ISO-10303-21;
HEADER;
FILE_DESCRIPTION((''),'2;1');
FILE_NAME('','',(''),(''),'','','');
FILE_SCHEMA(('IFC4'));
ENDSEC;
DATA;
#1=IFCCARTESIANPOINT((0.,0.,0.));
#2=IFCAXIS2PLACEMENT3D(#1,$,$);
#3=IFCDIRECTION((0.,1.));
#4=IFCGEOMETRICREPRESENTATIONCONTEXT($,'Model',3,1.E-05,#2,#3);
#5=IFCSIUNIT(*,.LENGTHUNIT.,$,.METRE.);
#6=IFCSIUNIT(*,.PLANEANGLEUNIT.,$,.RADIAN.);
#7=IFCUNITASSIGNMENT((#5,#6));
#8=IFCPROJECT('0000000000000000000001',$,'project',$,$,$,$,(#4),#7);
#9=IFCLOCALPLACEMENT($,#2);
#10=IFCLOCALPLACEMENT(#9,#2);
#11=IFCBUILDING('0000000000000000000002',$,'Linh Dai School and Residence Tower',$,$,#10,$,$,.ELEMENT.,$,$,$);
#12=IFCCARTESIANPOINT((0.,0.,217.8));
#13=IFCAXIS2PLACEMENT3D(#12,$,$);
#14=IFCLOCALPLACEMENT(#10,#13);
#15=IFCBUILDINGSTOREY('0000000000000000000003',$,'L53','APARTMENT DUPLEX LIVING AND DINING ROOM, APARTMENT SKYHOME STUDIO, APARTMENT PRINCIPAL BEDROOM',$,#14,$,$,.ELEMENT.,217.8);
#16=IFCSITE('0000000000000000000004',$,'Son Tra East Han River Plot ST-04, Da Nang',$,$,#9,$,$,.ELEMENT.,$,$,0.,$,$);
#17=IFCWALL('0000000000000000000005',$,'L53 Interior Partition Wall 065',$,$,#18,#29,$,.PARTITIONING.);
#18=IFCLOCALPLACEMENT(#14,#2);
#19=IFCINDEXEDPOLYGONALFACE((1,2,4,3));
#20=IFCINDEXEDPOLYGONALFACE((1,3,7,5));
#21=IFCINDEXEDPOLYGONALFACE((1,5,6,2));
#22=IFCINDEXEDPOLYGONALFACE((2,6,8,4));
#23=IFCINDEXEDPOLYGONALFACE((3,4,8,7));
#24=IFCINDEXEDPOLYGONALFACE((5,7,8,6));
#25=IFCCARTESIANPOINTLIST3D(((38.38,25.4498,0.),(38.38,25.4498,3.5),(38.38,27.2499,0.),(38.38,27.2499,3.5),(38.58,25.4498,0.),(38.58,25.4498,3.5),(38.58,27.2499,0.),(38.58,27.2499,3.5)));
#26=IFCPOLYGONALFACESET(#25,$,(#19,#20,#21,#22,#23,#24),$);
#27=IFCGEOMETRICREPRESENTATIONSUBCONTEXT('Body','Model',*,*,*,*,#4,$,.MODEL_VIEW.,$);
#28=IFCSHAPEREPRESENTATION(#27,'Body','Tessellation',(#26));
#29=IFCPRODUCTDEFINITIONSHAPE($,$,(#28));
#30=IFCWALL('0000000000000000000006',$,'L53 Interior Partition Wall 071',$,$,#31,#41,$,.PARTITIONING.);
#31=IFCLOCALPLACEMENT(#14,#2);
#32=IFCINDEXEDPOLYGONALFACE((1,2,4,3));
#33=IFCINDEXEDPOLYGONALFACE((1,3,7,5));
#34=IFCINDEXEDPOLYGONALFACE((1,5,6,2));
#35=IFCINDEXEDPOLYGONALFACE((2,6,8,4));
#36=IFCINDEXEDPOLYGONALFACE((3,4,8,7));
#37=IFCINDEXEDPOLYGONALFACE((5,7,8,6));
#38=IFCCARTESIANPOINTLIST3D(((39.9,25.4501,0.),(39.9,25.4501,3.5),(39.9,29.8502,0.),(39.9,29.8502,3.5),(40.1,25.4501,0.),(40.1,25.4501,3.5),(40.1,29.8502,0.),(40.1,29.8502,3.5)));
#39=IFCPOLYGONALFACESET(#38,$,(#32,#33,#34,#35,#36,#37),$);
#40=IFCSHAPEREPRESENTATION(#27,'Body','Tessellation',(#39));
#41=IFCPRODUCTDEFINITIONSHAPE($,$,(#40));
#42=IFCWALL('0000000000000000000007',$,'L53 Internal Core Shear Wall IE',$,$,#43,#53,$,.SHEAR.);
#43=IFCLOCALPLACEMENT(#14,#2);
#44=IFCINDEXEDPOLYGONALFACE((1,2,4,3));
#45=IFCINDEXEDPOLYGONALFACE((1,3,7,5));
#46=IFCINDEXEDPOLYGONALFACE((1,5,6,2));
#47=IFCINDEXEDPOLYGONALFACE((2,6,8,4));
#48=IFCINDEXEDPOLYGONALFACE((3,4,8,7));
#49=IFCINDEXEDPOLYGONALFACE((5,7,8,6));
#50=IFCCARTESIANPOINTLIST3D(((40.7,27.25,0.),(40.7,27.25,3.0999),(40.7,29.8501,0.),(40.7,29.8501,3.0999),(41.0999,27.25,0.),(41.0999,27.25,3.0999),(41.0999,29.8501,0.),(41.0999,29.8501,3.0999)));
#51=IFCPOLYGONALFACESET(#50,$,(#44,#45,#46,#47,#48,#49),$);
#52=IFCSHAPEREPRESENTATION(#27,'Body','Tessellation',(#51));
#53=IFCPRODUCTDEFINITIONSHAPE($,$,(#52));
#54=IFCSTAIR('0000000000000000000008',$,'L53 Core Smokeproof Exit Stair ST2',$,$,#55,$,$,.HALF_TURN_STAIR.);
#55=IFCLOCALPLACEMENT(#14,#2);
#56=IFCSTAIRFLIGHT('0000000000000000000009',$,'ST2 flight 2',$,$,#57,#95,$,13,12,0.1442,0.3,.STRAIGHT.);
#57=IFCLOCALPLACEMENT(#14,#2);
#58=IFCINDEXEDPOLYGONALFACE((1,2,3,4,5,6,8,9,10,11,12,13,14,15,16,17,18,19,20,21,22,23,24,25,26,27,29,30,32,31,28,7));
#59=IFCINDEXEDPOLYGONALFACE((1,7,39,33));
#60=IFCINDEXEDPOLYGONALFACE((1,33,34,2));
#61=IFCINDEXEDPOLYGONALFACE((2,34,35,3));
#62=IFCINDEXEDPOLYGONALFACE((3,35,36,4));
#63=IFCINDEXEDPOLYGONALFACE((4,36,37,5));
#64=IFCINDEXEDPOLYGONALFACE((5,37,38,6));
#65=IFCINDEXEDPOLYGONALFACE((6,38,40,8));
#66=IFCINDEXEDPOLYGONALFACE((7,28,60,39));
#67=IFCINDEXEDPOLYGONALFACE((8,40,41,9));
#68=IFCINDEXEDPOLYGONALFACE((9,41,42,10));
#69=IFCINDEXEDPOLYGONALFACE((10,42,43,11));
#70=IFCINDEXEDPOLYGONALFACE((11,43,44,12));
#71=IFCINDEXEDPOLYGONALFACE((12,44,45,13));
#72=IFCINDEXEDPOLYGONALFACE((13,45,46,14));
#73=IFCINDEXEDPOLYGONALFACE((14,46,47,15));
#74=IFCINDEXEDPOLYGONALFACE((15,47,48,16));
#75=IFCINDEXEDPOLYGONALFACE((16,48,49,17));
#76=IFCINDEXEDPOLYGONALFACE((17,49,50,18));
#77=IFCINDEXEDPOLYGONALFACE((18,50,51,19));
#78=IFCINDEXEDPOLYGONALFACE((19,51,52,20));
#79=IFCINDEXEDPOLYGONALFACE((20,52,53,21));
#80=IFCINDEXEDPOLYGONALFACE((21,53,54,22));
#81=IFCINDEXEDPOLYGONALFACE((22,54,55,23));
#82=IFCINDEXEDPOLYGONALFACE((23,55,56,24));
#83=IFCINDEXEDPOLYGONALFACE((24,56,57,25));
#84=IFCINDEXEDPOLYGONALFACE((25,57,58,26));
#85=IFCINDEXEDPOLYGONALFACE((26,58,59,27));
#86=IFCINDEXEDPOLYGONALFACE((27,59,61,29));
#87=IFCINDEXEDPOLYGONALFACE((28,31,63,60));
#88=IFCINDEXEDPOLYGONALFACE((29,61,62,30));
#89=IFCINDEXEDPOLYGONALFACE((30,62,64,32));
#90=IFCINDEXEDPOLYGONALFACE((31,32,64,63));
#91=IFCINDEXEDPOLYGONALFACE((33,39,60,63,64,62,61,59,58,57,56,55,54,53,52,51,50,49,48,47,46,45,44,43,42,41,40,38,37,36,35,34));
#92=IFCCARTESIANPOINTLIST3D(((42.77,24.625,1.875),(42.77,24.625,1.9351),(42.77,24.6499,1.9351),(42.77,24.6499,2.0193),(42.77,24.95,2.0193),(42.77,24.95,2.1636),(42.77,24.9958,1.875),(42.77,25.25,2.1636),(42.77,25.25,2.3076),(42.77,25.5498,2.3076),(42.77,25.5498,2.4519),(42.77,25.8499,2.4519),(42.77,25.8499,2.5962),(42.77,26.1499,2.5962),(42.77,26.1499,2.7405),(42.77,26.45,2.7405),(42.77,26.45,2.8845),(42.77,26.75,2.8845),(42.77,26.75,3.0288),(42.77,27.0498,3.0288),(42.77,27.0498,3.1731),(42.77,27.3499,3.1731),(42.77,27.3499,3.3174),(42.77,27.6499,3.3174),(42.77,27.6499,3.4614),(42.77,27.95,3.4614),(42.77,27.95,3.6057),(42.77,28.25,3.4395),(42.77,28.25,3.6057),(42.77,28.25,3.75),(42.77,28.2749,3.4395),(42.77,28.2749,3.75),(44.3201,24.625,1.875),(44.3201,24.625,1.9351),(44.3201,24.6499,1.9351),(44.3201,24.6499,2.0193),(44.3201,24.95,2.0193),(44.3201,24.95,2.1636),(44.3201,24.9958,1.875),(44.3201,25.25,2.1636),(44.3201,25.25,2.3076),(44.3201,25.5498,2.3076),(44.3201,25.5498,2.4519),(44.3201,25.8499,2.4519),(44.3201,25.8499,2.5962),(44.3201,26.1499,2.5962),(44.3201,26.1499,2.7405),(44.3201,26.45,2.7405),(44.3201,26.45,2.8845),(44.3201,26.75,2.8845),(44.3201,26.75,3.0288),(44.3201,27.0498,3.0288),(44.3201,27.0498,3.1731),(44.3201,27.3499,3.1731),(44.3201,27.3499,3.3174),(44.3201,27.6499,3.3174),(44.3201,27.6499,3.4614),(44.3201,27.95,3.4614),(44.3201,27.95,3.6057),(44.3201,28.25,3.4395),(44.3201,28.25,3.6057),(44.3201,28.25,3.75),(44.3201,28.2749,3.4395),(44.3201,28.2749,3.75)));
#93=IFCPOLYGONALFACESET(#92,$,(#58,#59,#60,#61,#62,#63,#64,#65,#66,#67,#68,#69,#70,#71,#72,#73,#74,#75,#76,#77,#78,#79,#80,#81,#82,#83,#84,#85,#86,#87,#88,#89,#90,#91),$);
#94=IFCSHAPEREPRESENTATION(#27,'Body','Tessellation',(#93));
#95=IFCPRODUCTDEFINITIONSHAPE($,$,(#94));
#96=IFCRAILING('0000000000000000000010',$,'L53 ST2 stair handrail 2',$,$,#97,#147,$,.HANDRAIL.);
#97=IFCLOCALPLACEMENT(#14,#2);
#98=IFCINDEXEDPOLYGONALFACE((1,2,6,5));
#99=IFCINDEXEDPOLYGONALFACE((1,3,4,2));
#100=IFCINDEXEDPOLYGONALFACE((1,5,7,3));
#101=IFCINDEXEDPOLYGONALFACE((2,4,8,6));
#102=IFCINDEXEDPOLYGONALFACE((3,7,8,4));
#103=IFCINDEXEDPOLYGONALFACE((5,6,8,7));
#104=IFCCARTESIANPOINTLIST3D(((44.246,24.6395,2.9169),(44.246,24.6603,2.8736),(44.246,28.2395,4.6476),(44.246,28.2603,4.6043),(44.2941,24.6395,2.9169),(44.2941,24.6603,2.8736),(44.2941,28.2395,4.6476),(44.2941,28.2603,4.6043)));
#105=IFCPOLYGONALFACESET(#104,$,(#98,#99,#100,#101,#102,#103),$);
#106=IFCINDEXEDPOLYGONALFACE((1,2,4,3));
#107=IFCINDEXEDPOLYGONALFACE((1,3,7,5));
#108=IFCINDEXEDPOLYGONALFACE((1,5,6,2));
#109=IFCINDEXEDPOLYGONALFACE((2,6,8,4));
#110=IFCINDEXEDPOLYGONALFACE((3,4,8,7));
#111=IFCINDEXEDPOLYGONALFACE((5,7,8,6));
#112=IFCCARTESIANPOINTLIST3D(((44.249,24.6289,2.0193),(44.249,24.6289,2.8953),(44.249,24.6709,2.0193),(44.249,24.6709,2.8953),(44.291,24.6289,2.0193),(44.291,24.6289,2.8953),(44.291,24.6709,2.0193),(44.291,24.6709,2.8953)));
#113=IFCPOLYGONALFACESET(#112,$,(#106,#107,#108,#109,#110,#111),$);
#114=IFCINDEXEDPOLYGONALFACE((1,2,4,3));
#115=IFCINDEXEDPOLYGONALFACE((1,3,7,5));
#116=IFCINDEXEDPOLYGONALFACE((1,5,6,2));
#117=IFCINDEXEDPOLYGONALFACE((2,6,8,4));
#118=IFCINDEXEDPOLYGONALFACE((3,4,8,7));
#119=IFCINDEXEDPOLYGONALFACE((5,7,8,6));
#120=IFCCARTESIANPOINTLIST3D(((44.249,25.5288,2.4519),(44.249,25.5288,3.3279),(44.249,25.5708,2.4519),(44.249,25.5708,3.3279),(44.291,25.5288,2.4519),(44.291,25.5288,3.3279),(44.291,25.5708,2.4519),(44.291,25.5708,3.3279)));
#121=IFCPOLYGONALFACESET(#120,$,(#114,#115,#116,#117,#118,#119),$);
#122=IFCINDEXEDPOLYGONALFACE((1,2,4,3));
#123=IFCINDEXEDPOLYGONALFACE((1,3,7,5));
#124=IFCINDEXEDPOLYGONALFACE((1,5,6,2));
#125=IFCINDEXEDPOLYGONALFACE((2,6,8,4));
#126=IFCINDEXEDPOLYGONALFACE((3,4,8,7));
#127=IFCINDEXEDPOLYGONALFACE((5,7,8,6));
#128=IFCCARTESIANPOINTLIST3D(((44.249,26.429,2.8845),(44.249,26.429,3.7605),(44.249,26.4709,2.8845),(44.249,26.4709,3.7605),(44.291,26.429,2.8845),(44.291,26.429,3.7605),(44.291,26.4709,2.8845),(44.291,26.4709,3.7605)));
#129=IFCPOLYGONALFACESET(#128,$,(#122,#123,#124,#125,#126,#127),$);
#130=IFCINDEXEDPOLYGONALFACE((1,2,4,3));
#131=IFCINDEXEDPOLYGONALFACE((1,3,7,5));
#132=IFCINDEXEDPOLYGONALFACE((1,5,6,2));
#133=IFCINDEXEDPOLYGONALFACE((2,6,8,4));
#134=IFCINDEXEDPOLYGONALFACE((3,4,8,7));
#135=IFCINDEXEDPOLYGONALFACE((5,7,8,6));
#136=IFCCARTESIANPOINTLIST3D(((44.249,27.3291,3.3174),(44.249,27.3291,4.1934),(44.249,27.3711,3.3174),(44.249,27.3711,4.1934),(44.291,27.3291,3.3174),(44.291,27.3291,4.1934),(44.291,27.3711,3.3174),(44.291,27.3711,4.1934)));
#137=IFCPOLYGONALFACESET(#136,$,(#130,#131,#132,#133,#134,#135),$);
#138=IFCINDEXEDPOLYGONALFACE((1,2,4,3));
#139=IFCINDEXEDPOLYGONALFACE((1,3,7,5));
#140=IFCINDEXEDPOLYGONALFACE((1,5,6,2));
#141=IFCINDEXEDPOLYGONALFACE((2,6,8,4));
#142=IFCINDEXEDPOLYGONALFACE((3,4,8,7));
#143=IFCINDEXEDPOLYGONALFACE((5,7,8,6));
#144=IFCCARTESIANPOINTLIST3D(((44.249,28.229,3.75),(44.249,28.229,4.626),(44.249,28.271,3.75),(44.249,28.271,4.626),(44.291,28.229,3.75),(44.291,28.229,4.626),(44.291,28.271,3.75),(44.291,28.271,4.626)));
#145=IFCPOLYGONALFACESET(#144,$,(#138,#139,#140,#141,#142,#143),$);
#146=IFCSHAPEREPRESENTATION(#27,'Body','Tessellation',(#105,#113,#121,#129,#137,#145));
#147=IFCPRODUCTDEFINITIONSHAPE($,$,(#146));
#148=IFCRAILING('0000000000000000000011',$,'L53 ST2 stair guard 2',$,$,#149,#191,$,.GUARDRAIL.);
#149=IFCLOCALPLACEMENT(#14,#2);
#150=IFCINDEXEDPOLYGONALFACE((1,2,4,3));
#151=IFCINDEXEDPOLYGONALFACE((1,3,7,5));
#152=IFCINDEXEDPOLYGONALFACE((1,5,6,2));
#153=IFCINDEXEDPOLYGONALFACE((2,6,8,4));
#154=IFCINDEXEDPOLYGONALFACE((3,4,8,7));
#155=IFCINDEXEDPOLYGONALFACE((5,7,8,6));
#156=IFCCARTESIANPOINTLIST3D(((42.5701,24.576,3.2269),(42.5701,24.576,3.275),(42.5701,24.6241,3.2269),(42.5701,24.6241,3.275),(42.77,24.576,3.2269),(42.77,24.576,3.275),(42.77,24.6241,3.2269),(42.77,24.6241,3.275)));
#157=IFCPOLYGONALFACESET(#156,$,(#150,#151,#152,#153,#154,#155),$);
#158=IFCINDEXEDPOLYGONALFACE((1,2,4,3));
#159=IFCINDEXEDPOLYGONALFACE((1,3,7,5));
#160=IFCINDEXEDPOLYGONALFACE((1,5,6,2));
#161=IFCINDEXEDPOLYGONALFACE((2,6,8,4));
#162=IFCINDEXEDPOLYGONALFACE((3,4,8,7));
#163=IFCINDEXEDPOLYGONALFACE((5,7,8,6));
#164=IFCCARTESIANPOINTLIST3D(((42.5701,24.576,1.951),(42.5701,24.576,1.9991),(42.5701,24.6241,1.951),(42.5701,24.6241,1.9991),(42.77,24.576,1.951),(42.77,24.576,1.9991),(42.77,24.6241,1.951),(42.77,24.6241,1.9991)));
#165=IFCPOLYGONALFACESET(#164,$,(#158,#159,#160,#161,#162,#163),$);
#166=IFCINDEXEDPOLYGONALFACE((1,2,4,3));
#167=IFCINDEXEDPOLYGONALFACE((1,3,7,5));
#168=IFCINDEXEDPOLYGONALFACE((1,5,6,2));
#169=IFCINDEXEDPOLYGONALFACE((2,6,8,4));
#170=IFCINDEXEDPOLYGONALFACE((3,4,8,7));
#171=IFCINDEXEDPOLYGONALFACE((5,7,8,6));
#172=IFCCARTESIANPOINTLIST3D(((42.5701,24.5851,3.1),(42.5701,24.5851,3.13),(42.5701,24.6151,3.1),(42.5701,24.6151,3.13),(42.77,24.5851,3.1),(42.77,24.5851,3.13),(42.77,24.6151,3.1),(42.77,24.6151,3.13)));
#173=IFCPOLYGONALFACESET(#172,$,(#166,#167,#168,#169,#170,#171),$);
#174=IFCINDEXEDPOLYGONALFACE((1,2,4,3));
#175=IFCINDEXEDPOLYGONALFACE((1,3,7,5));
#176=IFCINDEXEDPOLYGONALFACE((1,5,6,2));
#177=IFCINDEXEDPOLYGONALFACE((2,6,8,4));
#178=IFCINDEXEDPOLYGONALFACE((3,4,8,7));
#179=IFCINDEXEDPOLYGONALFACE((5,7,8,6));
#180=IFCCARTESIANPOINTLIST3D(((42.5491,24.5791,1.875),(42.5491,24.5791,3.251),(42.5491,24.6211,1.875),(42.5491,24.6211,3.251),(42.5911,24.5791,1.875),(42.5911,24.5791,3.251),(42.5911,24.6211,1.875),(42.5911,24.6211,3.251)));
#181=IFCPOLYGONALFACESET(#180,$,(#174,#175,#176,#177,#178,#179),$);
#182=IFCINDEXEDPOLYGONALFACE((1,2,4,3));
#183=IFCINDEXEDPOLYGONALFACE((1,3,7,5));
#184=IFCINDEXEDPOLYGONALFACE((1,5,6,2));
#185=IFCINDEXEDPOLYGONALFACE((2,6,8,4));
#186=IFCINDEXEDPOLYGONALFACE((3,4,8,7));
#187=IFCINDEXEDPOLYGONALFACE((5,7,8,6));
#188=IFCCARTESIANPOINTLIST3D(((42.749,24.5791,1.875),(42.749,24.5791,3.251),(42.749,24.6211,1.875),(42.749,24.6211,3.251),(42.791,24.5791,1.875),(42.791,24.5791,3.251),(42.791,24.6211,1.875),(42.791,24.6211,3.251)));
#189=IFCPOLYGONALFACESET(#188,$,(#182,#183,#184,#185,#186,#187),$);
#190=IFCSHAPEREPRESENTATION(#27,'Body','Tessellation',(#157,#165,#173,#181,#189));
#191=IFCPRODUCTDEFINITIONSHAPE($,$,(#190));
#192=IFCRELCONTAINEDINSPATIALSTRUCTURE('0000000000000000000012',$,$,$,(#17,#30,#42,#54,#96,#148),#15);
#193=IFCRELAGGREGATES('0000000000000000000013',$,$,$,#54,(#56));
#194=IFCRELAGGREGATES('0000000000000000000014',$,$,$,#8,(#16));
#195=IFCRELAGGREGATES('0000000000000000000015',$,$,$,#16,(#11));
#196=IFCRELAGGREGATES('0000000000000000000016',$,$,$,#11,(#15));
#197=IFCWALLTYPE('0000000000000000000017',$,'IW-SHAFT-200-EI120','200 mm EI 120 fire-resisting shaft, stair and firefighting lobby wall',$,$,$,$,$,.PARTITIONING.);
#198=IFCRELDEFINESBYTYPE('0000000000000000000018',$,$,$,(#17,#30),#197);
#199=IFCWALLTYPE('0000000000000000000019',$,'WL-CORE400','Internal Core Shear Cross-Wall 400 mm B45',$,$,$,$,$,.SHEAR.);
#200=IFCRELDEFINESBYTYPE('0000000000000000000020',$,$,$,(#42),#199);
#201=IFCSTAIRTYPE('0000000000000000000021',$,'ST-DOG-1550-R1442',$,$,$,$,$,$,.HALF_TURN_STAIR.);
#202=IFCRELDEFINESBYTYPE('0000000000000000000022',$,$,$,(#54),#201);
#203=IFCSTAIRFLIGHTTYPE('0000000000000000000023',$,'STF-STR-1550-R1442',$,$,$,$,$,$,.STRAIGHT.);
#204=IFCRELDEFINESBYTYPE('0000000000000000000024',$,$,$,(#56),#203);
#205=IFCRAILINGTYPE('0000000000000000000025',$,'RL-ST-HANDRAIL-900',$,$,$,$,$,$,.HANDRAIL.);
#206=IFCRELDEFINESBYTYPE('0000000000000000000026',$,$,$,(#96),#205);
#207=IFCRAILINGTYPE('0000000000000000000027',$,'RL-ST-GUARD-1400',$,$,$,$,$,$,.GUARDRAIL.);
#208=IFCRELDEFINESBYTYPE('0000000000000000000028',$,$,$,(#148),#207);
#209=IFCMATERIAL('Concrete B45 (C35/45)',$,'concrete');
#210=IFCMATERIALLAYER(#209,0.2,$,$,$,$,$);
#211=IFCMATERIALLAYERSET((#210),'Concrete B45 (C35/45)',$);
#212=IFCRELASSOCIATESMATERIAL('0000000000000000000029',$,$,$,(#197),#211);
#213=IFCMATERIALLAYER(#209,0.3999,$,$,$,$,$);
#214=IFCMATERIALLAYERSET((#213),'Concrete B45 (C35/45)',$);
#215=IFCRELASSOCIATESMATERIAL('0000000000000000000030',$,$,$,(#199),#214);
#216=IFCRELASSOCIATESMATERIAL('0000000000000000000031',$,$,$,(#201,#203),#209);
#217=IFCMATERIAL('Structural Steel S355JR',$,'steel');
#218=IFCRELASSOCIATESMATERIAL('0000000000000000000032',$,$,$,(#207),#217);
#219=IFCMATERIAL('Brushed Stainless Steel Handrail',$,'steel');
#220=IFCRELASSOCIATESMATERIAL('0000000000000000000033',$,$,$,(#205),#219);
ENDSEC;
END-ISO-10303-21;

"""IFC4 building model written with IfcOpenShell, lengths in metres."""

from ifc_helpers import new_model, si_unit, direction, frame, frame_2d, origin, origin_2d, place, context, subcontext, project, spatial, polyline, rectangle, outline, extrude, source, transform, mapped, material, layer, layer_set, type_object, element, aggregate, save


model = new_model("IFC4")

# Units and contexts
model_context = context("Model", 3, precision=1e-05, world=origin(), true_north=direction((0.0, 1.0)))
body_context = subcontext(model_context, "Body", "Model", "MODEL_VIEW")
ifc_project = project(units=[si_unit("LENGTHUNIT", "METRE"), si_unit("PLANEANGLEUNIT", "RADIAN")], contexts=[model_context])

# Site, building, storey
site_placement = place(None, origin())
site = spatial("IfcSite", under=ifc_project, at=site_placement, Name="Son Tra East Han River Plot ST-04, Da Nang", CompositionType="ELEMENT", RefElevation=0.0)
building_placement = place(site_placement, origin())
building = spatial("IfcBuilding", under=site, at=building_placement, Name="Linh Dai School and Residence Tower", CompositionType="ELEMENT")
storey_placement = place(building_placement, frame((0.0, 0.0, 217.8)))
storey = spatial("IfcBuildingStorey", under=building, at=storey_placement, Name="L53", Description="APARTMENT DUPLEX LIVING AND DINING ROOM, APARTMENT SKYHOME STUDIO, APARTMENT PRINCIPAL BEDROOM", CompositionType="ELEMENT", Elevation=217.8)

# Shared definitions
ifc_material_1 = material(Name="Structural Steel S355JR", Category="steel")

# Walls
ifc_material_2 = material(Name="Concrete B45 (C35/45)", Category="concrete")
ifc_layer_1 = layer(ifc_material_2, 0.2)
ifc_layer_set_1 = layer_set([ifc_layer_1], Name="Concrete B45 (C35/45)")
wall_type_1 = type_object("IfcWallType", Name="IW-SHAFT-200-EI120", Description="200 mm EI 120 fire-resisting shaft, stair and firefighting lobby wall", PredefinedType="PARTITIONING", material=ifc_layer_set_1)
wall_1_placement = place(storey_placement, frame((38.48, 25.45, 0.0), z_axis=(0.0, 0.0, 1.0), x_axis=(0.0, 1.0, 0.0)))
element("IfcWall", 1, at=wall_1_placement, inside=storey, type_object=wall_type_1, Name="L53 Interior Partition Wall 065", PredefinedType="PARTITIONING", context=body_context, shape_type="SweptSolid", body=[
    extrude(rectangle(XDim=1.8, YDim=0.2, at=frame_2d((0.8999, 0.0))), origin(), (0.0, 0.0, 1.0), 3.5),
])
wall_2_placement = place(storey_placement, frame((40.0, 25.45, 0.0), z_axis=(0.0, 0.0, 1.0), x_axis=(0.0, 1.0, 0.0)))
element("IfcWall", 2, at=wall_2_placement, inside=storey, type_object=wall_type_1, Name="L53 Interior Partition Wall 071", PredefinedType="PARTITIONING", context=body_context, shape_type="SweptSolid", body=[
    extrude(rectangle(XDim=4.4001, YDim=0.2, at=frame_2d((2.2002, 0.0))), origin(), (0.0, 0.0, 1.0), 3.5),
])
ifc_layer_2 = layer(ifc_material_2, 0.3999)
ifc_layer_set_2 = layer_set([ifc_layer_2], Name="Concrete B45 (C35/45)")
wall_type_2 = type_object("IfcWallType", Name="WL-CORE400", Description="Internal Core Shear Cross-Wall 400 mm B45", PredefinedType="SHEAR", material=ifc_layer_set_2)
wall_3_placement = place(storey_placement, frame((40.8999, 27.25, 0.0), z_axis=(0.0, 0.0, 1.0), x_axis=(0.0, 1.0, 0.0)))
element("IfcWall", 3, at=wall_3_placement, inside=storey, type_object=wall_type_2, Name="L53 Internal Core Shear Wall IE", PredefinedType="SHEAR", context=body_context, shape_type="SweptSolid", body=[
    extrude(rectangle(XDim=2.6001, YDim=0.3999, at=frame_2d((1.3, 0.0))), origin(), (0.0, 0.0, 1.0), 3.0999),
])

# Stair, stair flight
stair_type = type_object("IfcStairType", Name="ST-DOG-1550-R1442", PredefinedType="HALF_TURN_STAIR", material=ifc_material_2)
stair_placement = place(storey_placement, origin())
stair = element("IfcStair", 4, at=stair_placement, inside=storey, type_object=stair_type, Name="L53 Core Smokeproof Exit Stair ST2", PredefinedType="HALF_TURN_STAIR")
stair_flight_type = type_object("IfcStairFlightType", Name="STF-STR-1550-R1442", PredefinedType="STRAIGHT", material=ifc_material_2)
shared_shape_1 = source(origin(), body_context, "Body", "SweptSolid", [
    extrude(outline(polyline([(-0.0249, 0.0), (-0.0249, 0.0601), (0.0, 0.0601), (0.0, 0.1443), (0.3, 0.1443), (0.3, 0.2886), (0.6001, 0.2886), (0.6001, 0.4326), (0.8999, 0.4326), (0.8999, 0.5769), (1.2, 0.5769), (1.2, 0.7212), (1.5, 0.7212), (1.5, 0.8655), (1.8, 0.8655), (1.8, 1.0095), (2.1001, 1.0095), (2.1001, 1.1538), (2.3999, 1.1538), (2.3999, 1.2981), (2.7, 1.2981), (2.7, 1.4424), (3.0, 1.4424), (3.0, 1.5864), (3.3, 1.5864), (3.3, 1.7307), (3.6001, 1.7307), (3.6001, 1.875), (3.625, 1.875), (3.625, 1.5645), (3.6001, 1.5645), (0.3459, 0.0), (-0.0249, 0.0)])), frame((0.0, 0.7749, 0.0), z_axis=(0.0, -1.0, 0.0), x_axis=(1.0, 0.0, 0.0)), (0.0, 0.0, 1.0), 1.55),
])
stair_flight_placement = place(storey_placement, frame((43.5449, 24.6499, 1.875), z_axis=(0.0, 0.0, 1.0), x_axis=(0.0, 1.0, 0.0)))
stair_flight = element("IfcStairFlight", 5, at=stair_flight_placement, type_object=stair_flight_type, Name="ST2 flight 2", NumberOfRisers=13, NumberOfTreads=12, PredefinedType="STRAIGHT", RiserHeight=0.1442, TreadLength=0.3, context=body_context, shape_type="MappedRepresentation", body=[
    mapped(shared_shape_1, transform((0.0, 0.0, 0.0), x_axis=(1.0, 0.0, 0.0), y_axis=(0.0, 1.0, 0.0), z_axis=(0.0, 0.0, 1.0), scale=1.0)),
])
aggregate(stair, [stair_flight])

# Railings
railing_type_1 = type_object("IfcRailingType", Name="RL-ST-GUARD-1400", PredefinedType="GUARDRAIL", material=ifc_material_1)
ifc_material_3 = material(Name="Brushed Stainless Steel Handrail", Category="steel")
railing_type_2 = type_object("IfcRailingType", Name="RL-ST-HANDRAIL-900", PredefinedType="HANDRAIL", material=ifc_material_3)
shared_shape_2 = source(origin(), body_context, "Body", "SweptSolid", [
    extrude(rectangle(XDim=0.0481, YDim=0.0481, at=origin_2d()), frame((0.0, 0.0, 0.876), z_axis=(0.0, 0.901263, 0.433273), x_axis=(-1.0, 0.0, 0.0)), (0.0, 0.0, 1.0), 3.9944),
    extrude(rectangle(XDim=0.042, YDim=0.042, at=origin_2d()), origin(), (0.0, 0.0, 1.0), 0.876),
    extrude(rectangle(XDim=0.042, YDim=0.042, at=origin_2d()), frame((0.0, 0.8999, 0.4326)), (0.0, 0.0, 1.0), 0.876),
    extrude(rectangle(XDim=0.042, YDim=0.042, at=origin_2d()), frame((0.0, 1.8, 0.8652)), (0.0, 0.0, 1.0), 0.876),
    extrude(rectangle(XDim=0.042, YDim=0.042, at=origin_2d()), frame((0.0, 2.7002, 1.2981)), (0.0, 0.0, 1.0), 0.876),
    extrude(rectangle(XDim=0.042, YDim=0.042, at=origin_2d()), frame((0.0, 3.6001, 1.7307)), (0.0, 0.0, 1.0), 0.876),
])
railing_1_placement = place(storey_placement, frame((44.27, 24.6499, 2.0193)))
element("IfcRailing", 6, at=railing_1_placement, inside=storey, type_object=railing_type_2, Name="L53 ST2 stair handrail 2", PredefinedType="HANDRAIL", context=body_context, shape_type="MappedRepresentation", body=[
    mapped(shared_shape_2, transform((0.0, 0.0, 0.0), x_axis=(1.0, 0.0, 0.0), y_axis=(0.0, 1.0, 0.0), z_axis=(0.0, 0.0, 1.0), scale=1.0)),
])
shared_shape_3 = source(origin(), body_context, "Body", "SweptSolid", [
    extrude(rectangle(XDim=0.0481, YDim=0.0481, at=origin_2d()), frame((0.0, 0.0, 1.376), z_axis=(1.0, 0.0, 0.0), x_axis=(0.0, 1.0, 0.0)), (0.0, 0.0, 1.0), 0.2),
    extrude(rectangle(XDim=0.0481, YDim=0.0481, at=origin_2d()), frame((0.0, 0.0, 0.1001), z_axis=(1.0, 0.0, 0.0), x_axis=(0.0, 1.0, 0.0)), (0.0, 0.0, 1.0), 0.2),
    extrude(rectangle(XDim=0.03, YDim=0.03, at=origin_2d()), frame((0.0, 0.0, 1.24), z_axis=(1.0, 0.0, 0.0), x_axis=(0.0, 1.0, 0.0)), (0.0, 0.0, 1.0), 0.2),
    extrude(rectangle(XDim=0.042, YDim=0.042, at=origin_2d()), origin(), (0.0, 0.0, 1.0), 1.376),
    extrude(rectangle(XDim=0.042, YDim=0.042, at=origin_2d()), frame((0.2, 0.0, 0.0)), (0.0, 0.0, 1.0), 1.376),
])
railing_2_placement = place(storey_placement, frame((42.5701, 24.6001, 1.875)))
element("IfcRailing", 7, at=railing_2_placement, inside=storey, type_object=railing_type_1, Name="L53 ST2 stair guard 2", PredefinedType="GUARDRAIL", context=body_context, shape_type="MappedRepresentation", body=[
    mapped(shared_shape_3, transform((0.0, 0.0, 0.0), x_axis=(1.0, 0.0, 0.0), y_axis=(0.0, 1.0, 0.0), z_axis=(0.0, 0.0, 1.0), scale=1.0)),
])

save(model, "model.ifc")
